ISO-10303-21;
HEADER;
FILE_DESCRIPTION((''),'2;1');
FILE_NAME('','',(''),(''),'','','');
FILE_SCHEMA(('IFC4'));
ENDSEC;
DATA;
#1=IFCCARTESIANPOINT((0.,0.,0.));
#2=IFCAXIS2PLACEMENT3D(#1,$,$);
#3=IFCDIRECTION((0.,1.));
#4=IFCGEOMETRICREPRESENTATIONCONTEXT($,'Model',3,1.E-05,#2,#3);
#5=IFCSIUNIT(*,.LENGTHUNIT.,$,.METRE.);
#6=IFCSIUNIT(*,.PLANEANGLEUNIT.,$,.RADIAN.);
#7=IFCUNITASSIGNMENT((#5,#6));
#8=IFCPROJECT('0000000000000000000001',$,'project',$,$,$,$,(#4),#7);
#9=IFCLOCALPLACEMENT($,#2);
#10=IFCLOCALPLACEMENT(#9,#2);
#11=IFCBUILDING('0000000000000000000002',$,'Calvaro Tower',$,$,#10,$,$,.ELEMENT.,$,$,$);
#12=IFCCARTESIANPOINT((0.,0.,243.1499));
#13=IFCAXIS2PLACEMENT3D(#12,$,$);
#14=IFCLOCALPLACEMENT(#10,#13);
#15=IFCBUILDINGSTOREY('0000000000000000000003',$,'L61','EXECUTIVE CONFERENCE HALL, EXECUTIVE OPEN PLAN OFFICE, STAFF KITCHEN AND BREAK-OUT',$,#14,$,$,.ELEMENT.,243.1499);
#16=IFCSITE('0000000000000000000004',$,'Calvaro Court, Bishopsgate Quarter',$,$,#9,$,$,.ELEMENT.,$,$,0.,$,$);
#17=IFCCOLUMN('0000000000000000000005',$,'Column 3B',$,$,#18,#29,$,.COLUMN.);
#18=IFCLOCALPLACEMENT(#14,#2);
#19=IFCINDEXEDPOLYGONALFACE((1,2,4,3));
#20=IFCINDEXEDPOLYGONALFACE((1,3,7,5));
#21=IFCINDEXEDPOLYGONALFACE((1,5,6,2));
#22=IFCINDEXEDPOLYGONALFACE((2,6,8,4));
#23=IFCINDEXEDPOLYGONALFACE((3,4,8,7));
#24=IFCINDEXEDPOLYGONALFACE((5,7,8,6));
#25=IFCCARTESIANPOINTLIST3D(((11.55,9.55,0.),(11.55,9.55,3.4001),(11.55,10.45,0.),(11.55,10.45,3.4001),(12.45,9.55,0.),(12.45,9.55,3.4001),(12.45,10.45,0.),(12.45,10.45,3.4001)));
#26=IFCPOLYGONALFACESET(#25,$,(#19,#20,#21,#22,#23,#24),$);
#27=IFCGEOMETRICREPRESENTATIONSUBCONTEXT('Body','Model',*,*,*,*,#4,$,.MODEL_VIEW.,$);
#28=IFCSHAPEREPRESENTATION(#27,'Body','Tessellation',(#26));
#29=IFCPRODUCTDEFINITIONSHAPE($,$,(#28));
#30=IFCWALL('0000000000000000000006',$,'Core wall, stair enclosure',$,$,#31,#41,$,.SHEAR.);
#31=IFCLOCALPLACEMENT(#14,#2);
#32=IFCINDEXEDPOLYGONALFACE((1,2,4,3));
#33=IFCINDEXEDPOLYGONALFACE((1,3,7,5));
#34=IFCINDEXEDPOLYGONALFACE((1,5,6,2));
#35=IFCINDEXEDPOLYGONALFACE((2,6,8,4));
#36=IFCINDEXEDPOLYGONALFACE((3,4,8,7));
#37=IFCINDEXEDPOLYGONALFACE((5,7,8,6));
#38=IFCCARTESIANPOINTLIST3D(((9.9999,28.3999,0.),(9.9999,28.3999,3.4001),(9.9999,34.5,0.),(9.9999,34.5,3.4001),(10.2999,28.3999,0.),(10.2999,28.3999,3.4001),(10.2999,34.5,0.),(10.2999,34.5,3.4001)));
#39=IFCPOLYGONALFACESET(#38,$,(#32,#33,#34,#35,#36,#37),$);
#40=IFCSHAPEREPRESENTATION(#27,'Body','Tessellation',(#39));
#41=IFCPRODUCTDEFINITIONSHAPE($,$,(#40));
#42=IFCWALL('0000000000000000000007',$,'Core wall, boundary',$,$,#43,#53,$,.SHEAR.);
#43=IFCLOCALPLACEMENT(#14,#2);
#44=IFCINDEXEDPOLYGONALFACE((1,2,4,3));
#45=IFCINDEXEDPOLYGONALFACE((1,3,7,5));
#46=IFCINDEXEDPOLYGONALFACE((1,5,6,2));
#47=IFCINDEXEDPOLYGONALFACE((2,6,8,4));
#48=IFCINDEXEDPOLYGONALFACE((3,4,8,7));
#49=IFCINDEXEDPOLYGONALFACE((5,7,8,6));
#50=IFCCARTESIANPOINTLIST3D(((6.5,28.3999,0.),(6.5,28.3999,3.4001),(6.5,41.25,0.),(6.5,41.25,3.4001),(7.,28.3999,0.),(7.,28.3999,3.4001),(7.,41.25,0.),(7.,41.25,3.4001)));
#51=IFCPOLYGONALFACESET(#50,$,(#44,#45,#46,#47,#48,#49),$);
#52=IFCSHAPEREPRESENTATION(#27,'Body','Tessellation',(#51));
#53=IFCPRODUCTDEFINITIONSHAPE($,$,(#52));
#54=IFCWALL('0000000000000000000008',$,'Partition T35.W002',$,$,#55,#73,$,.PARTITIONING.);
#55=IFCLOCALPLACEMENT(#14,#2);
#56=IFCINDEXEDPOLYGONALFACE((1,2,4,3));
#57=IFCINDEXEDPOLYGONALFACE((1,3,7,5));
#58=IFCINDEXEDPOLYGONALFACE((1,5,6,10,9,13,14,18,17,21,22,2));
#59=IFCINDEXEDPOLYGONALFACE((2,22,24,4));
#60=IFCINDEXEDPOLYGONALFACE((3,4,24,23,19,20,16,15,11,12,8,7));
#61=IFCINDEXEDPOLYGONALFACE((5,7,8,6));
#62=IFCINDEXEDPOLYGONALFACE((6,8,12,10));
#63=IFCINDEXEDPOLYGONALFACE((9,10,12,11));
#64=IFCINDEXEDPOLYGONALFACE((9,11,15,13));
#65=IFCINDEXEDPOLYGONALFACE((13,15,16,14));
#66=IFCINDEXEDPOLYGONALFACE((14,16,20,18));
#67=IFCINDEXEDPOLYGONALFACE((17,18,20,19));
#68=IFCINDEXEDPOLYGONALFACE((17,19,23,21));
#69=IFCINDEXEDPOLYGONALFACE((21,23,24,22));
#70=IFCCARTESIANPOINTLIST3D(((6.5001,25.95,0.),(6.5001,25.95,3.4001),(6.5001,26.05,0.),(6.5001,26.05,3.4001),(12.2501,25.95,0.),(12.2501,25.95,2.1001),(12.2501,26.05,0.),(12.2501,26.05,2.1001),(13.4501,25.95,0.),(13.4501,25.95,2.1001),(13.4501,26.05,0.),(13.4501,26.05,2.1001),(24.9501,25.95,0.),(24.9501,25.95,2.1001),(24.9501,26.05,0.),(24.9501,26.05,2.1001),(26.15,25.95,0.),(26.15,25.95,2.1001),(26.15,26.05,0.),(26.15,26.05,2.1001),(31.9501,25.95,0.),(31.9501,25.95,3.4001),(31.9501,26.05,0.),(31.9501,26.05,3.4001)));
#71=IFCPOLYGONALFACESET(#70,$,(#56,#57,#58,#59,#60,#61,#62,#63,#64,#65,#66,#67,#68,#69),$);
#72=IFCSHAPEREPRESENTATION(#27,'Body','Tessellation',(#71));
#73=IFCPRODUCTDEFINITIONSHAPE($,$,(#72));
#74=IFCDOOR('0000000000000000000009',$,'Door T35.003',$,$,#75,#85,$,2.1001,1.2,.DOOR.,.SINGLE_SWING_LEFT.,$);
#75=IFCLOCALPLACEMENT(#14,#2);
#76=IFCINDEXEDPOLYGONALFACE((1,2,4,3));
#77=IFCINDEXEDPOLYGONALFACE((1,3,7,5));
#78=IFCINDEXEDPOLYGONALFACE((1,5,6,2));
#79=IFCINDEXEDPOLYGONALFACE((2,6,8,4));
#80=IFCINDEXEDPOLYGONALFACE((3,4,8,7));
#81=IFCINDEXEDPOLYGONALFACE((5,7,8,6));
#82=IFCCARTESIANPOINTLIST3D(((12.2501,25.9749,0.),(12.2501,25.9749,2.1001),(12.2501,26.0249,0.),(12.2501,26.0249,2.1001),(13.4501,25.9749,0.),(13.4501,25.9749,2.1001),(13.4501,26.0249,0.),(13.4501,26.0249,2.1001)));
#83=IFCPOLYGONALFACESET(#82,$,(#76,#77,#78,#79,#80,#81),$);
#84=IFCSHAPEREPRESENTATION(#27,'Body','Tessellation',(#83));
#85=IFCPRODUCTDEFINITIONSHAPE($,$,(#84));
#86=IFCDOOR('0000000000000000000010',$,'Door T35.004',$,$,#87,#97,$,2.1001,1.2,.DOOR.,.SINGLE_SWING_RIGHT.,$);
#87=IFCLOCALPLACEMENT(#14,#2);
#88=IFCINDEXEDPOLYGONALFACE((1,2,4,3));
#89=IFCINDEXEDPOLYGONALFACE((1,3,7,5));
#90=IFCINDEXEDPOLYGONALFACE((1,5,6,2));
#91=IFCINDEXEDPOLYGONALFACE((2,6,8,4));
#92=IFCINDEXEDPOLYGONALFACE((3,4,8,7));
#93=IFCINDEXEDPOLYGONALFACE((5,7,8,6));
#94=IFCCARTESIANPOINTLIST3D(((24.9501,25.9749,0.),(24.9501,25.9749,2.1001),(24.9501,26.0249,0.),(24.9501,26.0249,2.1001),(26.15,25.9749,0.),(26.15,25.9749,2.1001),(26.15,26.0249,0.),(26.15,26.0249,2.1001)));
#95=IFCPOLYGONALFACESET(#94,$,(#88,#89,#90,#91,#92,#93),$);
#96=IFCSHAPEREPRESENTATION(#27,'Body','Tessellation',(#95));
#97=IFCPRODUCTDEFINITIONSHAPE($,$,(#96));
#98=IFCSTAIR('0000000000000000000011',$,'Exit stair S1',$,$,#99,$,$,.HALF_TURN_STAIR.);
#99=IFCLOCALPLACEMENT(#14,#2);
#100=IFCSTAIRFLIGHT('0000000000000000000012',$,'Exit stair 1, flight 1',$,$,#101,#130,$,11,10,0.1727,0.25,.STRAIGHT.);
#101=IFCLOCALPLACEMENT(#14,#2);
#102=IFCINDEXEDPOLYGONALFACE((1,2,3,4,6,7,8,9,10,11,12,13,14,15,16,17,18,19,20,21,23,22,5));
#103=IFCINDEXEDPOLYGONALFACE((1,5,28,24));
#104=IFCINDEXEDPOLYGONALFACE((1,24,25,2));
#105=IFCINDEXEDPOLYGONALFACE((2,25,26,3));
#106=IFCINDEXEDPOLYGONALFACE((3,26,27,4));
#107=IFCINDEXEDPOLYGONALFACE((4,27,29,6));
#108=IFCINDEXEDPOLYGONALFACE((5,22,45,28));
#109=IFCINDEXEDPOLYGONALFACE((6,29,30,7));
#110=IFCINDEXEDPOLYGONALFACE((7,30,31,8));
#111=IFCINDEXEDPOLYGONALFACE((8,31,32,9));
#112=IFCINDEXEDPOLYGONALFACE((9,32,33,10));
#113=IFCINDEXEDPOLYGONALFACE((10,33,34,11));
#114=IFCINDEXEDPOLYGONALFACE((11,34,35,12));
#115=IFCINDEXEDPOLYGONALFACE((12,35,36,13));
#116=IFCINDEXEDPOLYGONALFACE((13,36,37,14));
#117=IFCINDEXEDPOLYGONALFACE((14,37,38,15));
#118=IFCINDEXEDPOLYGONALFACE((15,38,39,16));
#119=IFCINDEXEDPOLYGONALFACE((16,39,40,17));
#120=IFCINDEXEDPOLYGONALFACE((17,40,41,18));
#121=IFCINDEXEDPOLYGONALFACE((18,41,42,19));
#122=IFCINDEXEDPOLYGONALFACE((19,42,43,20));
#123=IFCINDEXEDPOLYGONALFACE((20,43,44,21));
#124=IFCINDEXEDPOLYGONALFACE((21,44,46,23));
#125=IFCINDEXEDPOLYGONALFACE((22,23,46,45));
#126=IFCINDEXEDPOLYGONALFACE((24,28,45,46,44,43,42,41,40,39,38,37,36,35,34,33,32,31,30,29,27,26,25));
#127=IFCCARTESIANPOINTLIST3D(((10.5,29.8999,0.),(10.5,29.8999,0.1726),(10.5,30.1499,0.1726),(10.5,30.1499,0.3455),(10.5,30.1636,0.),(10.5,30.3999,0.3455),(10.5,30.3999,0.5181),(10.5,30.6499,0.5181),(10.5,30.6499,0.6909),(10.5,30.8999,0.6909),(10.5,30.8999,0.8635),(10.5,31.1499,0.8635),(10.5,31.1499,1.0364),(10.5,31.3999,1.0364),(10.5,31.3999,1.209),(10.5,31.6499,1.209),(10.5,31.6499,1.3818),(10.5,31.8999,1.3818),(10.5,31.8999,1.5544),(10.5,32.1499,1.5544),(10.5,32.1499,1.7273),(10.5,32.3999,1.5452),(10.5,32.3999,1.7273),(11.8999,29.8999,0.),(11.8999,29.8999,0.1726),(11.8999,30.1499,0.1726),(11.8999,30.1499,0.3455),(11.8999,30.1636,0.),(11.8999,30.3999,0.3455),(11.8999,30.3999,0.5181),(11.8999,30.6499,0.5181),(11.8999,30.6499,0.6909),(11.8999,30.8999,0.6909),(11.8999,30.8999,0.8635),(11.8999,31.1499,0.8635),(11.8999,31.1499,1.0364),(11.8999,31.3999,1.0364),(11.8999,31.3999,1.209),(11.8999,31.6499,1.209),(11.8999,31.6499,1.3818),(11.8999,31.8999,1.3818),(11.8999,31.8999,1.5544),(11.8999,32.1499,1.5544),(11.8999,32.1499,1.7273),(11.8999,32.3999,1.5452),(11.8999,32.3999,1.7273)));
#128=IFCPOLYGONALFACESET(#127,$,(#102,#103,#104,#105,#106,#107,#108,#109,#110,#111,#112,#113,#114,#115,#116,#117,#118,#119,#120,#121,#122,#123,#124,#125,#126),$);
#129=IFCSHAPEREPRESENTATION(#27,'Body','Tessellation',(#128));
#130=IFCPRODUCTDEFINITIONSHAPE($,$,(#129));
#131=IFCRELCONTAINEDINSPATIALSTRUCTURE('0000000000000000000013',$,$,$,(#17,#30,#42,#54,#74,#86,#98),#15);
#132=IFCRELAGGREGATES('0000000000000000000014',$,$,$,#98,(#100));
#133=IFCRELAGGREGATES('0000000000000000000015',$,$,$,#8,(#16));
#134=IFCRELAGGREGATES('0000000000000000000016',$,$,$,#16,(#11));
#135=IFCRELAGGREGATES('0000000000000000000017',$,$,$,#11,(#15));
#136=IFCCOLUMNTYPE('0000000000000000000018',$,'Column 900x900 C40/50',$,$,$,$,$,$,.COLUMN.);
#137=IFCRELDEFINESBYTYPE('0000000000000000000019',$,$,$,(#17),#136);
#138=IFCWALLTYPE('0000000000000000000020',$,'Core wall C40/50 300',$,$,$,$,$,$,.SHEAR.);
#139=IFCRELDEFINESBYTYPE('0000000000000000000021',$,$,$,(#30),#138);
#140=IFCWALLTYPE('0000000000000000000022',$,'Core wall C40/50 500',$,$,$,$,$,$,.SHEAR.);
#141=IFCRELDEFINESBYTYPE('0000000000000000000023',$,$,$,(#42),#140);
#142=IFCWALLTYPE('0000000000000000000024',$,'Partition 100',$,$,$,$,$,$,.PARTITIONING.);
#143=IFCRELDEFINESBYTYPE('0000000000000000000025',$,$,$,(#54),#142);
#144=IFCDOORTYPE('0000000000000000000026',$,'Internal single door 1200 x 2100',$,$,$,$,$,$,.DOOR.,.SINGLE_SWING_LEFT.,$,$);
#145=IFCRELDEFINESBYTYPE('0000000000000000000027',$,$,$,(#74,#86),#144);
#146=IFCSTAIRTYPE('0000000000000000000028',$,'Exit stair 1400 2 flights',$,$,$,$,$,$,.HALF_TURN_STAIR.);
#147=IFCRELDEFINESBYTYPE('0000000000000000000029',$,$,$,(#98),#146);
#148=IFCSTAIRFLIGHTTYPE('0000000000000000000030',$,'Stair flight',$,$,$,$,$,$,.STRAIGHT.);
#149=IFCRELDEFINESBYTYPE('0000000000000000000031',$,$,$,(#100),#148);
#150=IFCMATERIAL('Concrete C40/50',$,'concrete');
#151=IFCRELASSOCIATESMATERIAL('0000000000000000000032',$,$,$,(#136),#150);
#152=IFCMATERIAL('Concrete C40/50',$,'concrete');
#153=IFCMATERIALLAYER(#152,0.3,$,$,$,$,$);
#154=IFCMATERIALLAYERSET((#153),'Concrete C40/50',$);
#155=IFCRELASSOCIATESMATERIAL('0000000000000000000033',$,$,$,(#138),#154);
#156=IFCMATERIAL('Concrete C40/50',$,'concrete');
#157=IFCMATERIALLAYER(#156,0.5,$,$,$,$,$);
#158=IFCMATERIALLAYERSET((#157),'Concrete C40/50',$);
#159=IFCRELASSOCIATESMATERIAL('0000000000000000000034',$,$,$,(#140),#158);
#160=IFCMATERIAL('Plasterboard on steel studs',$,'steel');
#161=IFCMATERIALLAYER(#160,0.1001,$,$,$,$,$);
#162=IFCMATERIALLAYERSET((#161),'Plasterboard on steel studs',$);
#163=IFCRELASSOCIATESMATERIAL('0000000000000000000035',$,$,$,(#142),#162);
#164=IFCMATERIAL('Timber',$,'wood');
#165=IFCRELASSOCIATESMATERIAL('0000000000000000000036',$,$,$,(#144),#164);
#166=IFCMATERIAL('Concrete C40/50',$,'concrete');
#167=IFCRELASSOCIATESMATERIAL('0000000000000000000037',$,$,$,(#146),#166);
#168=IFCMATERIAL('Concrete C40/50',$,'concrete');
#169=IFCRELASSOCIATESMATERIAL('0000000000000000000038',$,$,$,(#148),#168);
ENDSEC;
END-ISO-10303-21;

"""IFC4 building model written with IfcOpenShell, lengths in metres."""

from ifc_helpers import new_model, si_unit, direction, frame, frame_2d, origin, origin_2d, place, context, subcontext, project, spatial, polyline, rectangle, outline, extrude, material, layer, layer_set, material_profile, profile_set, type_object, element, fill, aggregate, save


model = new_model("IFC4")

# Units and contexts
model_context = context("Model", 3, precision=1e-05, world=origin(), true_north=direction((0.0, 1.0)))
body_context = subcontext(model_context, "Body", "Model", "MODEL_VIEW")
ifc_project = project(units=[si_unit("LENGTHUNIT", "METRE"), si_unit("PLANEANGLEUNIT", "RADIAN")], contexts=[model_context])

# Site, building, storey
site_placement = place(None, origin())
site = spatial("IfcSite", under=ifc_project, at=site_placement, Name="Calvaro Court, Bishopsgate Quarter", CompositionType="ELEMENT", RefElevation=0.0)
building_placement = place(site_placement, origin())
building = spatial("IfcBuilding", under=site, at=building_placement, Name="Calvaro Tower", CompositionType="ELEMENT")
storey_placement = place(building_placement, frame((0.0, 0.0, 243.1499)))
storey = spatial("IfcBuildingStorey", under=building, at=storey_placement, Name="L61", Description="EXECUTIVE CONFERENCE HALL, EXECUTIVE OPEN PLAN OFFICE, STAFF KITCHEN AND BREAK-OUT", CompositionType="ELEMENT", Elevation=243.1499)

# Column
ifc_material_1 = material(Name="Concrete C40/50", Category="concrete")
ifc_material_profile = material_profile(ifc_material_1, rectangle(XDim=0.8999, YDim=0.8999, at=origin_2d()), Name="RC 900x900")
ifc_profile_set = profile_set([ifc_material_profile], Name="Concrete C40/50")
column_type = type_object("IfcColumnType", Name="Column 900x900 C40/50", PredefinedType="COLUMN", material=ifc_profile_set)
column_placement = place(storey_placement, frame((12.0, 10.0, 0.0), z_axis=(0.0, 0.0, 1.0), x_axis=(1.0, 0.0, 0.0)))
element("IfcColumn", 1, at=column_placement, inside=storey, type_object=column_type, Name="Column 3B", PredefinedType="COLUMN", context=body_context, shape_type="SweptSolid", body=[
    extrude(rectangle(XDim=0.8999, YDim=0.8999, at=origin_2d()), origin(), (0.0, 0.0, 1.0), 3.4001),
])

# Wall
ifc_material_2 = material(Name="Concrete C40/50", Category="concrete")
ifc_layer_1 = layer(ifc_material_2, 0.3)
ifc_layer_set_1 = layer_set([ifc_layer_1], Name="Concrete C40/50")
wall_type_1 = type_object("IfcWallType", Name="Core wall C40/50 300", PredefinedType="SHEAR", material=ifc_layer_set_1)
wall_1_placement = place(storey_placement, frame((10.1499, 28.3999, 0.0), z_axis=(0.0, 0.0, 1.0), x_axis=(0.0, 1.0, 0.0)))
element("IfcWall", 2, at=wall_1_placement, inside=storey, type_object=wall_type_1, Name="Core wall, stair enclosure", PredefinedType="SHEAR", context=body_context, shape_type="SweptSolid", body=[
    extrude(rectangle(XDim=6.1001, YDim=0.3, at=frame_2d((3.05, 0.0))), origin(), (0.0, 0.0, 1.0), 3.4001),
])

# Wall
ifc_material_3 = material(Name="Concrete C40/50", Category="concrete")
ifc_layer_2 = layer(ifc_material_3, 0.5)
ifc_layer_set_2 = layer_set([ifc_layer_2], Name="Concrete C40/50")
wall_type_2 = type_object("IfcWallType", Name="Core wall C40/50 500", PredefinedType="SHEAR", material=ifc_layer_set_2)
wall_2_placement = place(storey_placement, frame((6.75, 28.3999, 0.0), z_axis=(0.0, 0.0, 1.0), x_axis=(0.0, 1.0, 0.0)))
element("IfcWall", 3, at=wall_2_placement, inside=storey, type_object=wall_type_2, Name="Core wall, boundary", PredefinedType="SHEAR", context=body_context, shape_type="SweptSolid", body=[
    extrude(rectangle(XDim=12.8501, YDim=0.5, at=frame_2d((6.425, 0.0))), origin(), (0.0, 0.0, 1.0), 3.4001),
])

# Wall, openings, doors
ifc_material_4 = material(Name="Plasterboard on steel studs", Category="steel")
ifc_layer_3 = layer(ifc_material_4, 0.1001)
ifc_layer_set_3 = layer_set([ifc_layer_3], Name="Plasterboard on steel studs")
wall_type_3 = type_object("IfcWallType", Name="Partition 100", PredefinedType="PARTITIONING", material=ifc_layer_set_3)
wall_3_placement = place(storey_placement, frame((6.5, 26.0, 0.0), z_axis=(0.0, 0.0, 1.0), x_axis=(1.0, 0.0, 0.0)))
wall_3 = element("IfcWall", 4, at=wall_3_placement, inside=storey, type_object=wall_type_3, Name="Partition T35.W002", PredefinedType="PARTITIONING", context=body_context, shape_type="SweptSolid", body=[
    extrude(rectangle(XDim=25.45, YDim=0.1001, at=frame_2d((12.7251, 0.0))), origin(), (0.0, 0.0, 1.0), 3.4001),
])
opening_1_placement = place(wall_3_placement, frame((5.75, 0.0, 0.0)))
opening_1 = element("IfcOpeningElement", 5, at=opening_1_placement, cuts=wall_3, PredefinedType="OPENING", context=body_context, shape_type="SweptSolid", body=[
    extrude(rectangle(XDim=1.2, YDim=2.1001, at=frame_2d((0.6001, 1.05))), frame((0.0, 0.0601, 0.0), z_axis=(0.0, -1.0, 0.0), x_axis=(1.0, 0.0, 0.0)), (0.0, 0.0, 1.0), 0.1201),
])
opening_2_placement = place(wall_3_placement, frame((18.45, 0.0, 0.0)))
opening_2 = element("IfcOpeningElement", 6, at=opening_2_placement, cuts=wall_3, PredefinedType="OPENING", context=body_context, shape_type="SweptSolid", body=[
    extrude(rectangle(XDim=1.2, YDim=2.1001, at=frame_2d((0.6001, 1.05))), frame((0.0, 0.0601, 0.0), z_axis=(0.0, -1.0, 0.0), x_axis=(1.0, 0.0, 0.0)), (0.0, 0.0, 1.0), 0.1201),
])
ifc_material_5 = material(Name="Timber", Category="wood")
door_type_1 = type_object("IfcDoorType", Name="Internal single door 1200 x 2100", OperationType="SINGLE_SWING_LEFT", PredefinedType="DOOR", material=ifc_material_5)
door_1_placement = place(opening_1_placement, origin())
door_1 = element("IfcDoor", 7, at=door_1_placement, inside=storey, type_object=door_type_1, Name="Door T35.003", OperationType="SINGLE_SWING_LEFT", OverallHeight=2.1001, OverallWidth=1.2, PredefinedType="DOOR", context=body_context, shape_type="SweptSolid", body=[
    extrude(rectangle(XDim=1.2, YDim=2.1001, at=frame_2d((0.6001, 1.05))), frame((0.0, 0.0249, 0.0), z_axis=(0.0, -1.0, 0.0), x_axis=(1.0, 0.0, 0.0)), (0.0, 0.0, 1.0), 0.05),
])
fill(opening_1, door_1)
door_2_placement = place(opening_2_placement, origin())
door_2 = element("IfcDoor", 8, at=door_2_placement, inside=storey, type_object=door_type_1, Name="Door T35.004", OperationType="SINGLE_SWING_RIGHT", OverallHeight=2.1001, OverallWidth=1.2, PredefinedType="DOOR", context=body_context, shape_type="SweptSolid", body=[
    extrude(rectangle(XDim=1.2, YDim=2.1001, at=frame_2d((0.6001, 1.05))), frame((0.0, 0.0249, 0.0), z_axis=(0.0, -1.0, 0.0), x_axis=(1.0, 0.0, 0.0)), (0.0, 0.0, 1.0), 0.05),
])
fill(opening_2, door_2)

# Stair, stair flight
ifc_material_6 = material(Name="Concrete C40/50", Category="concrete")
stair_type = type_object("IfcStairType", Name="Exit stair 1400 2 flights", PredefinedType="HALF_TURN_STAIR", material=ifc_material_6)
stair_placement = place(storey_placement, origin())
stair = element("IfcStair", 9, at=stair_placement, inside=storey, type_object=stair_type, Name="Exit stair S1", PredefinedType="HALF_TURN_STAIR")
ifc_material_7 = material(Name="Concrete C40/50", Category="concrete")
stair_flight_type = type_object("IfcStairFlightType", Name="Stair flight", PredefinedType="STRAIGHT", material=ifc_material_7)
stair_flight_placement = place(storey_placement, frame((11.2, 29.8999, 0.0), z_axis=(0.0, 0.0, 1.0), x_axis=(0.0, 1.0, 0.0)))
stair_flight = element("IfcStairFlight", 10, at=stair_flight_placement, type_object=stair_flight_type, Name="Exit stair 1, flight 1", NumberOfRisers=11, NumberOfTreads=10, PredefinedType="STRAIGHT", RiserHeight=0.1727, TreadLength=0.25, context=body_context, shape_type="SweptSolid", body=[
    extrude(outline(polyline([(0.0, 0.0), (0.0, 0.1726), (0.25, 0.1726), (0.25, 0.3455), (0.5, 0.3455), (0.5, 0.5181), (0.75, 0.5181), (0.75, 0.6909), (1.0, 0.6909), (1.0, 0.8635), (1.25, 0.8635), (1.25, 1.0364), (1.5, 1.0364), (1.5, 1.209), (1.75, 1.209), (1.75, 1.3818), (2.0, 1.3818), (2.0, 1.5544), (2.25, 1.5544), (2.25, 1.7273), (2.5, 1.7273), (2.5, 1.8999), (2.5, 1.5452), (0.2637, 0.0), (0.0, 0.0)])), frame((0.0, 0.7, 0.0), z_axis=(0.0, -1.0, 0.0), x_axis=(1.0, 0.0, 0.0)), (0.0, 0.0, 1.0), 1.3999),
])
aggregate(stair, [stair_flight])

save(model, "model.ifc")
